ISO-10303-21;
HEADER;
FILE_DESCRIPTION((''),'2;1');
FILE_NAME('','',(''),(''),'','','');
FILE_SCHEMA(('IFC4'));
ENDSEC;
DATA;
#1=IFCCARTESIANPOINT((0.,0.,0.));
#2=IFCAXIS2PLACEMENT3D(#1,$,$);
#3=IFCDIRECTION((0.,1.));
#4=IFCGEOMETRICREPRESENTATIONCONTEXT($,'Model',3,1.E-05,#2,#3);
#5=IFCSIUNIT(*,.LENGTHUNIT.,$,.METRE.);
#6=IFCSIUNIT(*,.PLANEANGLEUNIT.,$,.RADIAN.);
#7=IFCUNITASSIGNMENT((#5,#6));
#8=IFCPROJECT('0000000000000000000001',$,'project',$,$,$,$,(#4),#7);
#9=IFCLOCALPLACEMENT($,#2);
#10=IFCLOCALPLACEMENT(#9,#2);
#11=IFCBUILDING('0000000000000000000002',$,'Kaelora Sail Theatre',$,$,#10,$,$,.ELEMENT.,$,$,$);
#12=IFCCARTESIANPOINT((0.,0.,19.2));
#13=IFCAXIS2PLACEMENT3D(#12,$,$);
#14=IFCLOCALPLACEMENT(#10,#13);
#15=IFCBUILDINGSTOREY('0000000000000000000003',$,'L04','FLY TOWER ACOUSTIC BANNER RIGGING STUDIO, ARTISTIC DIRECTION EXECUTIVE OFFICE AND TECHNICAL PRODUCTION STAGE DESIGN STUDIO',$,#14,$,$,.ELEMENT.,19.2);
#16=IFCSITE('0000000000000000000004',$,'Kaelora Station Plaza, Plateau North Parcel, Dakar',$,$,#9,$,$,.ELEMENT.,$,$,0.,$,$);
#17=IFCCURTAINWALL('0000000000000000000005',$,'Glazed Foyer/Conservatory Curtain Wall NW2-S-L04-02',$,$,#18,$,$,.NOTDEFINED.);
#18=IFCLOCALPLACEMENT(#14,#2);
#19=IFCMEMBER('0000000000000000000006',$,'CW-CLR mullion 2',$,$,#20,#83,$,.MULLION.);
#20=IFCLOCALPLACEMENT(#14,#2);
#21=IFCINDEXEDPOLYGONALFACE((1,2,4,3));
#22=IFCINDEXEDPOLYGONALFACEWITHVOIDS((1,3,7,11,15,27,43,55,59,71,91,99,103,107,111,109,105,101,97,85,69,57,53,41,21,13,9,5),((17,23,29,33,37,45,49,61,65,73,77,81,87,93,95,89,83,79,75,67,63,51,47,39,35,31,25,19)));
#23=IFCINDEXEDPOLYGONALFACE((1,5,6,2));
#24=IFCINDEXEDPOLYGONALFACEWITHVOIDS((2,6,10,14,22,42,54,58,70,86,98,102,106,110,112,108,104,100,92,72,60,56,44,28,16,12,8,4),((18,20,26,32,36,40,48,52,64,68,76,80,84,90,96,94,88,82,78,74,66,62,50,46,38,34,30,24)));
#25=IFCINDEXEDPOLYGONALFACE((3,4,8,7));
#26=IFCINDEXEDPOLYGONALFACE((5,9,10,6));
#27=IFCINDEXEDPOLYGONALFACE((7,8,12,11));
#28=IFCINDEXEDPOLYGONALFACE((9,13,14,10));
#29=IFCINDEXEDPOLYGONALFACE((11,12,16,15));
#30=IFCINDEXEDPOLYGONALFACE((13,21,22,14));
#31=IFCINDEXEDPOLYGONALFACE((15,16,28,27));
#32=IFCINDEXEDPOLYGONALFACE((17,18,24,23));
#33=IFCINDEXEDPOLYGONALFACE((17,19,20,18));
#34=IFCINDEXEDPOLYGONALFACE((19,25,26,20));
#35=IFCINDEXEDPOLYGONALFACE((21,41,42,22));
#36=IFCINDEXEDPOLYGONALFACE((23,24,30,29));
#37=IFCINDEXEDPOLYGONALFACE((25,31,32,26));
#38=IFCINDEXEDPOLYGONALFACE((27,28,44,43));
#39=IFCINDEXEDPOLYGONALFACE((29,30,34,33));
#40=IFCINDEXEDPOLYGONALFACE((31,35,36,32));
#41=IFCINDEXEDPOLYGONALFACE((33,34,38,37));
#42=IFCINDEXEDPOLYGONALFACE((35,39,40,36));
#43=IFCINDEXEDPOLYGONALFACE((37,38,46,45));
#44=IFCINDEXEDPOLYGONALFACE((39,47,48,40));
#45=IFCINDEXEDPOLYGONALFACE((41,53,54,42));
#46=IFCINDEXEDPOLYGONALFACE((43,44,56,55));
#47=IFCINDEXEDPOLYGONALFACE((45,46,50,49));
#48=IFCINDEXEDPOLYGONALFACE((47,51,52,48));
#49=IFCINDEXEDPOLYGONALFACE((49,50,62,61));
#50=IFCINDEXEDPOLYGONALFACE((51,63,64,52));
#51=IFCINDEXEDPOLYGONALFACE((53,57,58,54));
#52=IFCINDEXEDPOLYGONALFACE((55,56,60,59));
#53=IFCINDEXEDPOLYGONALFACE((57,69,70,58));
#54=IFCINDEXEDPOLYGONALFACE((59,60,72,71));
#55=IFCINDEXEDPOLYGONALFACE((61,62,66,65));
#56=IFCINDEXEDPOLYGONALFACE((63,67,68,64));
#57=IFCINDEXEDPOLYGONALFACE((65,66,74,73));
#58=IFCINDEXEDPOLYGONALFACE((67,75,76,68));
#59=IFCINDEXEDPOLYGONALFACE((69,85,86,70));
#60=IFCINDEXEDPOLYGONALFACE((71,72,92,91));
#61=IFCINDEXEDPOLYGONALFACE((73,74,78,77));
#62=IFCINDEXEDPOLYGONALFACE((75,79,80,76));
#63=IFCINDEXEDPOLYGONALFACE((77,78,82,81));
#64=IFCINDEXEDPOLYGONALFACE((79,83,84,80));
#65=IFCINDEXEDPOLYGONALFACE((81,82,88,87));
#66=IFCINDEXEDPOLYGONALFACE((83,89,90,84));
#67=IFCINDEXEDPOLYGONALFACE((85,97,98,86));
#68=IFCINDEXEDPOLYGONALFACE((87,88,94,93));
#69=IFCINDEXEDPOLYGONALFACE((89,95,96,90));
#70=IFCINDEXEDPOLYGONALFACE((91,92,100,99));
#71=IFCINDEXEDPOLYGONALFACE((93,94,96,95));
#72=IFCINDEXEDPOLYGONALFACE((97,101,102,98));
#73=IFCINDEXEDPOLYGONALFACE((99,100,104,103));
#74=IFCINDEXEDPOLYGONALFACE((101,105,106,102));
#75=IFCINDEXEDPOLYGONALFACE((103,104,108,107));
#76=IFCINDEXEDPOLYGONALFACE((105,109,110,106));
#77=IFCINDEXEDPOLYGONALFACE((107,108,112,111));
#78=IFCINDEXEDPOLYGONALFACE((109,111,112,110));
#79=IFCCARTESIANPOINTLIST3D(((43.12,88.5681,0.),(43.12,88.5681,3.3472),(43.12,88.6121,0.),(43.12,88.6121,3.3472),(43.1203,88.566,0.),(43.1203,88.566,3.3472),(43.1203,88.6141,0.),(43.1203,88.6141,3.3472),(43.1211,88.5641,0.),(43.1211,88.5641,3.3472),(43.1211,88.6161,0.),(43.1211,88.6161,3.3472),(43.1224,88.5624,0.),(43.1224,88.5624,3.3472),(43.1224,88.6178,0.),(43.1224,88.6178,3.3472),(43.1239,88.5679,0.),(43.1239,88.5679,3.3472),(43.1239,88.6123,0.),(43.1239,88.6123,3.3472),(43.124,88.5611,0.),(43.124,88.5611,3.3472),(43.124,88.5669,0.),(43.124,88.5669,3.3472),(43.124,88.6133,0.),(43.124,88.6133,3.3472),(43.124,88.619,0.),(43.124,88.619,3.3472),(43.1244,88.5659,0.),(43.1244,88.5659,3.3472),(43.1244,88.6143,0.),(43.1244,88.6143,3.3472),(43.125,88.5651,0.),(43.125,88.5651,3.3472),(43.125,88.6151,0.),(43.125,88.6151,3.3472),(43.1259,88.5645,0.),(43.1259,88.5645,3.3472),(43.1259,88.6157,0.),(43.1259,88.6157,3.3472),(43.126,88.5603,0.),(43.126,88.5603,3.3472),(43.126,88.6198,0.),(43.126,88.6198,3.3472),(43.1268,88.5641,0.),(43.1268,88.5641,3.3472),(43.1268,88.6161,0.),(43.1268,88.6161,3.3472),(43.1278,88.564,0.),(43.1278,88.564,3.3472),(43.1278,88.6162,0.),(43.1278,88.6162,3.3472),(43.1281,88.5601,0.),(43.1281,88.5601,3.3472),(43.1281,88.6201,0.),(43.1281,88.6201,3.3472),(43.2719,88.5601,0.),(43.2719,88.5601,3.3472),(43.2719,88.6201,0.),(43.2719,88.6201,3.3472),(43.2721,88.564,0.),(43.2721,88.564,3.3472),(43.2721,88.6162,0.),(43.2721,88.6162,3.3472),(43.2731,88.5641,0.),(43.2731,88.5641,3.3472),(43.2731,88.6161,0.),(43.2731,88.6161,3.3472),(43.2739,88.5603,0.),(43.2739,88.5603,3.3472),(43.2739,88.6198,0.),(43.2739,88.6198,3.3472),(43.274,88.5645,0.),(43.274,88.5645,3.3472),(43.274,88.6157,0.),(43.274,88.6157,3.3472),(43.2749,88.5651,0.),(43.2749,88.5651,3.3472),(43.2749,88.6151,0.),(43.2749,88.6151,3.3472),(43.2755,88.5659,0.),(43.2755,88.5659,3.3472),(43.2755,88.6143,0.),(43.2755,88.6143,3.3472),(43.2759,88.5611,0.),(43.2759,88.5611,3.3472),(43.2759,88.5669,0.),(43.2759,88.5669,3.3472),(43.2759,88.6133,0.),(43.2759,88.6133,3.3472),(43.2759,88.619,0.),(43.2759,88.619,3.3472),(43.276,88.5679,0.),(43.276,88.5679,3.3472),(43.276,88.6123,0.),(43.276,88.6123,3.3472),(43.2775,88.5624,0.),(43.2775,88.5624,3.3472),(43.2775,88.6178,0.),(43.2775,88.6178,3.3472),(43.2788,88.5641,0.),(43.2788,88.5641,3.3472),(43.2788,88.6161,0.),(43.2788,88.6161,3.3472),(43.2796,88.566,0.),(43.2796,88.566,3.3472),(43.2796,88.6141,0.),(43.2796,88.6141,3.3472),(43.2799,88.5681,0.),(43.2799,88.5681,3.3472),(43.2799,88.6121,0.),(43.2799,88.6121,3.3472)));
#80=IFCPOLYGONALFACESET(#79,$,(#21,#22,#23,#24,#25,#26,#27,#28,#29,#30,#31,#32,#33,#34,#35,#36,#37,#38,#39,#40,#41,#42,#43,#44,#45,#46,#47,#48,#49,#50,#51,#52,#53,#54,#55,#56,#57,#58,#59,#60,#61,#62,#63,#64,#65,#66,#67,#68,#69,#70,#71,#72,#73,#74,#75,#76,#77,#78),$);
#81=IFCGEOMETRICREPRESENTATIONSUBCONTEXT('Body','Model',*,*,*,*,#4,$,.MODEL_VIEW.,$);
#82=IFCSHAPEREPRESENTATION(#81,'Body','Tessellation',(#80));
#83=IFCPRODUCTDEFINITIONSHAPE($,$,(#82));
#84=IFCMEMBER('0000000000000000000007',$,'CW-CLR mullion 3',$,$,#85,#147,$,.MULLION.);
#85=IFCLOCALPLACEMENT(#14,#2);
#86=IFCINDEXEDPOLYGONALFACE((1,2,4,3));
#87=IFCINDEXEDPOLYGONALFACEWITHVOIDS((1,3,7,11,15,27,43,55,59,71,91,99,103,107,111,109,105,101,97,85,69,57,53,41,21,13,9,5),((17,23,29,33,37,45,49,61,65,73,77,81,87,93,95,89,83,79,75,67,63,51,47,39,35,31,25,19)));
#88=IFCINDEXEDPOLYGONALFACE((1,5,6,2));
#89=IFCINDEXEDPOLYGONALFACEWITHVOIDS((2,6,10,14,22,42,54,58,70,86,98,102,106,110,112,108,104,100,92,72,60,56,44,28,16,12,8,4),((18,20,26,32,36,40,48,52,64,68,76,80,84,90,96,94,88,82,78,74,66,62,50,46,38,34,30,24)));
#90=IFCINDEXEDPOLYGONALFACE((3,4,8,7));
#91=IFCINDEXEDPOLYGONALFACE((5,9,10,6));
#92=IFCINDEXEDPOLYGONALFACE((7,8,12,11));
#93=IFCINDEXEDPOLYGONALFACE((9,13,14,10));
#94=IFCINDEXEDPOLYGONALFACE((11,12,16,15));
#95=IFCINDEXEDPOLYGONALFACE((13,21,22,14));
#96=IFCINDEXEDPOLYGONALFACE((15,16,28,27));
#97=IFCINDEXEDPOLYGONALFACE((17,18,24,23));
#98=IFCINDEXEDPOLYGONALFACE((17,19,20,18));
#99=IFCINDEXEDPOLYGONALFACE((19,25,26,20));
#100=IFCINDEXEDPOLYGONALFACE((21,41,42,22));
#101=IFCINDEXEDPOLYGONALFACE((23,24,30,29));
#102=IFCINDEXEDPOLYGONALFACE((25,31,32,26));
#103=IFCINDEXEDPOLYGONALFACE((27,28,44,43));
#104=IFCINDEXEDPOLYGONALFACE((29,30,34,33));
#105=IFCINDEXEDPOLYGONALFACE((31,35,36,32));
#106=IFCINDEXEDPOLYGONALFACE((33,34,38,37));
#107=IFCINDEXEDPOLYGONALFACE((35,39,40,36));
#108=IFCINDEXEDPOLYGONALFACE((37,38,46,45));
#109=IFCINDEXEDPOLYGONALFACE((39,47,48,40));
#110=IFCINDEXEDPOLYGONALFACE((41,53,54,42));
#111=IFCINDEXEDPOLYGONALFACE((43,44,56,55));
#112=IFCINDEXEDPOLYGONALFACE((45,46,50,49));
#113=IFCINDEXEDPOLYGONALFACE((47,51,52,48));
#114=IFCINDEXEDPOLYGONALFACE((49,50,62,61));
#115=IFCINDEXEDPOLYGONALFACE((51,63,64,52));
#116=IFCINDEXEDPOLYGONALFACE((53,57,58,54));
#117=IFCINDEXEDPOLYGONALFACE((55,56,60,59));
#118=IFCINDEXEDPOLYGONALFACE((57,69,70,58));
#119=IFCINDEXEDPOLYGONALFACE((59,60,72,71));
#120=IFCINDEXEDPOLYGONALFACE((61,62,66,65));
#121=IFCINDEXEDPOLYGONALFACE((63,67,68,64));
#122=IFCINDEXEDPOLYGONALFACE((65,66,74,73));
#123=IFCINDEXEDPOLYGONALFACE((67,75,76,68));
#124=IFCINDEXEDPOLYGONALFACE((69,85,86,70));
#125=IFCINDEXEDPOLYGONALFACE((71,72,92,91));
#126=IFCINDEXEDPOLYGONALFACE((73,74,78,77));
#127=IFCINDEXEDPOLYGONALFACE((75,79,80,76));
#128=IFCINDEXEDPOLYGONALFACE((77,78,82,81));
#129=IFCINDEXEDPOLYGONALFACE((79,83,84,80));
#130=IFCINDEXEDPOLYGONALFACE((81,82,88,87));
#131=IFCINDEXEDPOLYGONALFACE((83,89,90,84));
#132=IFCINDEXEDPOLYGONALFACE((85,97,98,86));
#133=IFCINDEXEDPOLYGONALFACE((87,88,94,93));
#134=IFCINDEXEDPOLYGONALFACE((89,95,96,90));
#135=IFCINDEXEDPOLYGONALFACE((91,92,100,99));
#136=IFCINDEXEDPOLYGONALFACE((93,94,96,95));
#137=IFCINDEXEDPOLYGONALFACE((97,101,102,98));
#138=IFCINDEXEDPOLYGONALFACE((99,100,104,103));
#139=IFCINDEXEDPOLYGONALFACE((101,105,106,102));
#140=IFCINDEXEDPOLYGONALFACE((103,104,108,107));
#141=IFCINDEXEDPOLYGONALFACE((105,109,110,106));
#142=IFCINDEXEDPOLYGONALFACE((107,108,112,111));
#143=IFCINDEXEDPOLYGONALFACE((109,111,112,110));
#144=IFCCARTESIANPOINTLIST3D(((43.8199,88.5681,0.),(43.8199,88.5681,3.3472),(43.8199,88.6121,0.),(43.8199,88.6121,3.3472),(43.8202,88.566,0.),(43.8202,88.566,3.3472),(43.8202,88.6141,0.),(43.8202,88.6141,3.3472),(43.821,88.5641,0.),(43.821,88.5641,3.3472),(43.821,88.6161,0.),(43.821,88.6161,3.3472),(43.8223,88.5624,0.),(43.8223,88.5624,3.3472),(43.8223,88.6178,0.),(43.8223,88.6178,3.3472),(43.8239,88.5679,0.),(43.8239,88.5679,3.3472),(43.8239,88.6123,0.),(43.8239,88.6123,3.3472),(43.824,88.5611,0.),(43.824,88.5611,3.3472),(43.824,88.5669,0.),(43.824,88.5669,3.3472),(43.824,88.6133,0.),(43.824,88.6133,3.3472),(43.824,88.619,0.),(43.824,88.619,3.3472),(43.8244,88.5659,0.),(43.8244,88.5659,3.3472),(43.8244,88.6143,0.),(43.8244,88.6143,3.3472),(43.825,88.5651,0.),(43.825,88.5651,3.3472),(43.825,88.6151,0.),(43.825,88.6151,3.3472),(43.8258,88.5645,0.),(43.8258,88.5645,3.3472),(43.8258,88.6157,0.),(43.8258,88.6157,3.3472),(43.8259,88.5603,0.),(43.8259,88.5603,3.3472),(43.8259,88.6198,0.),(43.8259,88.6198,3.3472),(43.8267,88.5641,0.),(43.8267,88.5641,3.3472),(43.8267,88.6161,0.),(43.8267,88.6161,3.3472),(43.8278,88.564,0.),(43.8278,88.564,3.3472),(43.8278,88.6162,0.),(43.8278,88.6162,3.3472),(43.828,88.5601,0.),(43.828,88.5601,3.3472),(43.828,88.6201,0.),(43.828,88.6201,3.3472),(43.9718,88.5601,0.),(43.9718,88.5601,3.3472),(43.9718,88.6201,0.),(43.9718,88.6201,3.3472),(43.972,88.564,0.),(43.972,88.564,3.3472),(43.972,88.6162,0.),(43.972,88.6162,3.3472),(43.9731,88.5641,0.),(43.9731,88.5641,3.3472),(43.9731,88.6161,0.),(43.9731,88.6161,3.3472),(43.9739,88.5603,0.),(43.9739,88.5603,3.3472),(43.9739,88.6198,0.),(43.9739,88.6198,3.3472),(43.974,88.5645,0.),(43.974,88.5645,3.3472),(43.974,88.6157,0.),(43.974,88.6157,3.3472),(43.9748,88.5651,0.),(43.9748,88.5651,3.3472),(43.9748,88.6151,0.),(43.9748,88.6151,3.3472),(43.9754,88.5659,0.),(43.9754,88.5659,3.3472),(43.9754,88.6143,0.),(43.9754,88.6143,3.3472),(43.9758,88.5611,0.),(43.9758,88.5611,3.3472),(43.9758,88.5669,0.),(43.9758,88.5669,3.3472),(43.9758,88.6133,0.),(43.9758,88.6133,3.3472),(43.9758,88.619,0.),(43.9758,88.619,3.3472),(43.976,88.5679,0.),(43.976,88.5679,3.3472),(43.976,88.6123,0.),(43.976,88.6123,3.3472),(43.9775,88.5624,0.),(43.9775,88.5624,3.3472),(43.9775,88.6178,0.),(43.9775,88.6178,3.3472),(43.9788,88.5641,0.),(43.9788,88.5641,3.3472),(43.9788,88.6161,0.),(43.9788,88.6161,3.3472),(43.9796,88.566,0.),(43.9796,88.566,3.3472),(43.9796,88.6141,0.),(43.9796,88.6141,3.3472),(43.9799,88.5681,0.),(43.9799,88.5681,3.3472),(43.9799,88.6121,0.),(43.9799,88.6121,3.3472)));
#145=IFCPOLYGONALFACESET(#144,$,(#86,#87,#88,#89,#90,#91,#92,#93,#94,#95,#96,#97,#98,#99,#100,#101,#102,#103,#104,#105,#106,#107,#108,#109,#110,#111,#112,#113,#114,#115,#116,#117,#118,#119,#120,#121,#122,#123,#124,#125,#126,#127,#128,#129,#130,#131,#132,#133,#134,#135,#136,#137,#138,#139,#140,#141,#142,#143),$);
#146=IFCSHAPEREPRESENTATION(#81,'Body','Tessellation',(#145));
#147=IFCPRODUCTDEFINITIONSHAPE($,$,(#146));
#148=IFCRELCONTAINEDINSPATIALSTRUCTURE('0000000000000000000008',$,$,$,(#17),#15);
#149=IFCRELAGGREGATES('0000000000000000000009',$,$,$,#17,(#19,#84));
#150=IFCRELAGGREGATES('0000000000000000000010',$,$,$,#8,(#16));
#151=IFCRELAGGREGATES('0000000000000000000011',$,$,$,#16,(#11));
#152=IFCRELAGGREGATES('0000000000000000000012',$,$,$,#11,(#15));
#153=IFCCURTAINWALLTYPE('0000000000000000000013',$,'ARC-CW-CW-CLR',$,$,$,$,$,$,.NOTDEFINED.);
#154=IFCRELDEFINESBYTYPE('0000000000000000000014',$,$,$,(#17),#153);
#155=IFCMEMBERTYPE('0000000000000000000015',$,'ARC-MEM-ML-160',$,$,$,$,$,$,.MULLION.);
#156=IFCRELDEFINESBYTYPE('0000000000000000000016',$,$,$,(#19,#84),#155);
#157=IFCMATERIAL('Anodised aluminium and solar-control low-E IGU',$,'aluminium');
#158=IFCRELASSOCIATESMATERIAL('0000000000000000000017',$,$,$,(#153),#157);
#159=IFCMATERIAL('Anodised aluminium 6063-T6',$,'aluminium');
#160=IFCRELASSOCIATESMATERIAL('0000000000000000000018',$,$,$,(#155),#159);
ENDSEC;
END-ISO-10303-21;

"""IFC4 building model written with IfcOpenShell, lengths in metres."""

from ifc_helpers import new_model, si_unit, direction, frame, origin, origin_2d, place, context, subcontext, project, spatial, hollow_rectangle, extrude, material, material_profile, profile_set, type_object, element, aggregate, save


model = new_model("IFC4")

# Units and contexts
model_context = context("Model", 3, precision=1e-05, world=origin(), true_north=direction((0.0, 1.0)))
body_context = subcontext(model_context, "Body", "Model", "MODEL_VIEW")
ifc_project = project(units=[si_unit("LENGTHUNIT", "METRE"), si_unit("PLANEANGLEUNIT", "RADIAN")], contexts=[model_context])

# Site, building, storey
site_placement = place(None, origin())
site = spatial("IfcSite", under=ifc_project, at=site_placement, Name="Kaelora Station Plaza, Plateau North Parcel, Dakar", CompositionType="ELEMENT", RefElevation=0.0)
building_placement = place(site_placement, origin())
building = spatial("IfcBuilding", under=site, at=building_placement, Name="Kaelora Sail Theatre", CompositionType="ELEMENT")
storey_placement = place(building_placement, frame((0.0, 0.0, 19.2)))
storey = spatial("IfcBuildingStorey", under=building, at=storey_placement, Name="L04", Description="FLY TOWER ACOUSTIC BANNER RIGGING STUDIO, ARTISTIC DIRECTION EXECUTIVE OFFICE AND TECHNICAL PRODUCTION STAGE DESIGN STUDIO", CompositionType="ELEMENT", Elevation=19.2)

# Curtain wall, members
ifc_material_1 = material(Name="Anodised aluminium and solar-control low-E IGU", Category="aluminium")
curtain_wall_type = type_object("IfcCurtainWallType", Name="ARC-CW-CW-CLR", PredefinedType="NOTDEFINED", material=ifc_material_1)
curtain_wall_placement = place(storey_placement, origin())
curtain_wall = element("IfcCurtainWall", 1, at=curtain_wall_placement, inside=storey, type_object=curtain_wall_type, Name="Glazed Foyer/Conservatory Curtain Wall NW2-S-L04-02", PredefinedType="NOTDEFINED")
ifc_material_2 = material(Name="Anodised aluminium 6063-T6", Category="aluminium")
ifc_material_profile_1 = material_profile(ifc_material_2, hollow_rectangle(XDim=0.0601, YDim=0.1599, WallThickness=0.0039, InnerFilletRadius=0.0039, OuterFilletRadius=0.0081, at=origin_2d()), Name="ALU-MULL 60x160x4")
ifc_profile_set_1 = profile_set([ifc_material_profile_1], Name="Anodised aluminium 6063-T6")
member_type_1 = type_object("IfcMemberType", Name="ARC-MEM-ML-160", PredefinedType="MULLION", material=ifc_profile_set_1)
member_1_placement = place(storey_placement, frame((43.2, 88.5901, 0.0), z_axis=(0.0, 0.0, 1.0), x_axis=(0.0, 1.0, 0.0)))
member_1 = element("IfcMember", 2, at=member_1_placement, type_object=member_type_1, Name="CW-CLR mullion 2", PredefinedType="MULLION", context=body_context, shape_type="SweptSolid", body=[
    extrude(hollow_rectangle(XDim=0.0601, YDim=0.1599, WallThickness=0.0039, InnerFilletRadius=0.0039, OuterFilletRadius=0.0081, at=origin_2d()), origin(), (0.0, 0.0, 1.0), 3.3472),
])
member_2_placement = place(storey_placement, frame((43.8999, 88.5901, 0.0), z_axis=(0.0, 0.0, 1.0), x_axis=(0.0, 1.0, 0.0)))
member_2 = element("IfcMember", 3, at=member_2_placement, type_object=member_type_1, Name="CW-CLR mullion 3", PredefinedType="MULLION", context=body_context, shape_type="SweptSolid", body=[
    extrude(hollow_rectangle(XDim=0.0601, YDim=0.1599, WallThickness=0.0039, InnerFilletRadius=0.0039, OuterFilletRadius=0.0081, at=origin_2d()), origin(), (0.0, 0.0, 1.0), 3.3472),
])
aggregate(curtain_wall, [member_1, member_2])

save(model, "model.ifc")
